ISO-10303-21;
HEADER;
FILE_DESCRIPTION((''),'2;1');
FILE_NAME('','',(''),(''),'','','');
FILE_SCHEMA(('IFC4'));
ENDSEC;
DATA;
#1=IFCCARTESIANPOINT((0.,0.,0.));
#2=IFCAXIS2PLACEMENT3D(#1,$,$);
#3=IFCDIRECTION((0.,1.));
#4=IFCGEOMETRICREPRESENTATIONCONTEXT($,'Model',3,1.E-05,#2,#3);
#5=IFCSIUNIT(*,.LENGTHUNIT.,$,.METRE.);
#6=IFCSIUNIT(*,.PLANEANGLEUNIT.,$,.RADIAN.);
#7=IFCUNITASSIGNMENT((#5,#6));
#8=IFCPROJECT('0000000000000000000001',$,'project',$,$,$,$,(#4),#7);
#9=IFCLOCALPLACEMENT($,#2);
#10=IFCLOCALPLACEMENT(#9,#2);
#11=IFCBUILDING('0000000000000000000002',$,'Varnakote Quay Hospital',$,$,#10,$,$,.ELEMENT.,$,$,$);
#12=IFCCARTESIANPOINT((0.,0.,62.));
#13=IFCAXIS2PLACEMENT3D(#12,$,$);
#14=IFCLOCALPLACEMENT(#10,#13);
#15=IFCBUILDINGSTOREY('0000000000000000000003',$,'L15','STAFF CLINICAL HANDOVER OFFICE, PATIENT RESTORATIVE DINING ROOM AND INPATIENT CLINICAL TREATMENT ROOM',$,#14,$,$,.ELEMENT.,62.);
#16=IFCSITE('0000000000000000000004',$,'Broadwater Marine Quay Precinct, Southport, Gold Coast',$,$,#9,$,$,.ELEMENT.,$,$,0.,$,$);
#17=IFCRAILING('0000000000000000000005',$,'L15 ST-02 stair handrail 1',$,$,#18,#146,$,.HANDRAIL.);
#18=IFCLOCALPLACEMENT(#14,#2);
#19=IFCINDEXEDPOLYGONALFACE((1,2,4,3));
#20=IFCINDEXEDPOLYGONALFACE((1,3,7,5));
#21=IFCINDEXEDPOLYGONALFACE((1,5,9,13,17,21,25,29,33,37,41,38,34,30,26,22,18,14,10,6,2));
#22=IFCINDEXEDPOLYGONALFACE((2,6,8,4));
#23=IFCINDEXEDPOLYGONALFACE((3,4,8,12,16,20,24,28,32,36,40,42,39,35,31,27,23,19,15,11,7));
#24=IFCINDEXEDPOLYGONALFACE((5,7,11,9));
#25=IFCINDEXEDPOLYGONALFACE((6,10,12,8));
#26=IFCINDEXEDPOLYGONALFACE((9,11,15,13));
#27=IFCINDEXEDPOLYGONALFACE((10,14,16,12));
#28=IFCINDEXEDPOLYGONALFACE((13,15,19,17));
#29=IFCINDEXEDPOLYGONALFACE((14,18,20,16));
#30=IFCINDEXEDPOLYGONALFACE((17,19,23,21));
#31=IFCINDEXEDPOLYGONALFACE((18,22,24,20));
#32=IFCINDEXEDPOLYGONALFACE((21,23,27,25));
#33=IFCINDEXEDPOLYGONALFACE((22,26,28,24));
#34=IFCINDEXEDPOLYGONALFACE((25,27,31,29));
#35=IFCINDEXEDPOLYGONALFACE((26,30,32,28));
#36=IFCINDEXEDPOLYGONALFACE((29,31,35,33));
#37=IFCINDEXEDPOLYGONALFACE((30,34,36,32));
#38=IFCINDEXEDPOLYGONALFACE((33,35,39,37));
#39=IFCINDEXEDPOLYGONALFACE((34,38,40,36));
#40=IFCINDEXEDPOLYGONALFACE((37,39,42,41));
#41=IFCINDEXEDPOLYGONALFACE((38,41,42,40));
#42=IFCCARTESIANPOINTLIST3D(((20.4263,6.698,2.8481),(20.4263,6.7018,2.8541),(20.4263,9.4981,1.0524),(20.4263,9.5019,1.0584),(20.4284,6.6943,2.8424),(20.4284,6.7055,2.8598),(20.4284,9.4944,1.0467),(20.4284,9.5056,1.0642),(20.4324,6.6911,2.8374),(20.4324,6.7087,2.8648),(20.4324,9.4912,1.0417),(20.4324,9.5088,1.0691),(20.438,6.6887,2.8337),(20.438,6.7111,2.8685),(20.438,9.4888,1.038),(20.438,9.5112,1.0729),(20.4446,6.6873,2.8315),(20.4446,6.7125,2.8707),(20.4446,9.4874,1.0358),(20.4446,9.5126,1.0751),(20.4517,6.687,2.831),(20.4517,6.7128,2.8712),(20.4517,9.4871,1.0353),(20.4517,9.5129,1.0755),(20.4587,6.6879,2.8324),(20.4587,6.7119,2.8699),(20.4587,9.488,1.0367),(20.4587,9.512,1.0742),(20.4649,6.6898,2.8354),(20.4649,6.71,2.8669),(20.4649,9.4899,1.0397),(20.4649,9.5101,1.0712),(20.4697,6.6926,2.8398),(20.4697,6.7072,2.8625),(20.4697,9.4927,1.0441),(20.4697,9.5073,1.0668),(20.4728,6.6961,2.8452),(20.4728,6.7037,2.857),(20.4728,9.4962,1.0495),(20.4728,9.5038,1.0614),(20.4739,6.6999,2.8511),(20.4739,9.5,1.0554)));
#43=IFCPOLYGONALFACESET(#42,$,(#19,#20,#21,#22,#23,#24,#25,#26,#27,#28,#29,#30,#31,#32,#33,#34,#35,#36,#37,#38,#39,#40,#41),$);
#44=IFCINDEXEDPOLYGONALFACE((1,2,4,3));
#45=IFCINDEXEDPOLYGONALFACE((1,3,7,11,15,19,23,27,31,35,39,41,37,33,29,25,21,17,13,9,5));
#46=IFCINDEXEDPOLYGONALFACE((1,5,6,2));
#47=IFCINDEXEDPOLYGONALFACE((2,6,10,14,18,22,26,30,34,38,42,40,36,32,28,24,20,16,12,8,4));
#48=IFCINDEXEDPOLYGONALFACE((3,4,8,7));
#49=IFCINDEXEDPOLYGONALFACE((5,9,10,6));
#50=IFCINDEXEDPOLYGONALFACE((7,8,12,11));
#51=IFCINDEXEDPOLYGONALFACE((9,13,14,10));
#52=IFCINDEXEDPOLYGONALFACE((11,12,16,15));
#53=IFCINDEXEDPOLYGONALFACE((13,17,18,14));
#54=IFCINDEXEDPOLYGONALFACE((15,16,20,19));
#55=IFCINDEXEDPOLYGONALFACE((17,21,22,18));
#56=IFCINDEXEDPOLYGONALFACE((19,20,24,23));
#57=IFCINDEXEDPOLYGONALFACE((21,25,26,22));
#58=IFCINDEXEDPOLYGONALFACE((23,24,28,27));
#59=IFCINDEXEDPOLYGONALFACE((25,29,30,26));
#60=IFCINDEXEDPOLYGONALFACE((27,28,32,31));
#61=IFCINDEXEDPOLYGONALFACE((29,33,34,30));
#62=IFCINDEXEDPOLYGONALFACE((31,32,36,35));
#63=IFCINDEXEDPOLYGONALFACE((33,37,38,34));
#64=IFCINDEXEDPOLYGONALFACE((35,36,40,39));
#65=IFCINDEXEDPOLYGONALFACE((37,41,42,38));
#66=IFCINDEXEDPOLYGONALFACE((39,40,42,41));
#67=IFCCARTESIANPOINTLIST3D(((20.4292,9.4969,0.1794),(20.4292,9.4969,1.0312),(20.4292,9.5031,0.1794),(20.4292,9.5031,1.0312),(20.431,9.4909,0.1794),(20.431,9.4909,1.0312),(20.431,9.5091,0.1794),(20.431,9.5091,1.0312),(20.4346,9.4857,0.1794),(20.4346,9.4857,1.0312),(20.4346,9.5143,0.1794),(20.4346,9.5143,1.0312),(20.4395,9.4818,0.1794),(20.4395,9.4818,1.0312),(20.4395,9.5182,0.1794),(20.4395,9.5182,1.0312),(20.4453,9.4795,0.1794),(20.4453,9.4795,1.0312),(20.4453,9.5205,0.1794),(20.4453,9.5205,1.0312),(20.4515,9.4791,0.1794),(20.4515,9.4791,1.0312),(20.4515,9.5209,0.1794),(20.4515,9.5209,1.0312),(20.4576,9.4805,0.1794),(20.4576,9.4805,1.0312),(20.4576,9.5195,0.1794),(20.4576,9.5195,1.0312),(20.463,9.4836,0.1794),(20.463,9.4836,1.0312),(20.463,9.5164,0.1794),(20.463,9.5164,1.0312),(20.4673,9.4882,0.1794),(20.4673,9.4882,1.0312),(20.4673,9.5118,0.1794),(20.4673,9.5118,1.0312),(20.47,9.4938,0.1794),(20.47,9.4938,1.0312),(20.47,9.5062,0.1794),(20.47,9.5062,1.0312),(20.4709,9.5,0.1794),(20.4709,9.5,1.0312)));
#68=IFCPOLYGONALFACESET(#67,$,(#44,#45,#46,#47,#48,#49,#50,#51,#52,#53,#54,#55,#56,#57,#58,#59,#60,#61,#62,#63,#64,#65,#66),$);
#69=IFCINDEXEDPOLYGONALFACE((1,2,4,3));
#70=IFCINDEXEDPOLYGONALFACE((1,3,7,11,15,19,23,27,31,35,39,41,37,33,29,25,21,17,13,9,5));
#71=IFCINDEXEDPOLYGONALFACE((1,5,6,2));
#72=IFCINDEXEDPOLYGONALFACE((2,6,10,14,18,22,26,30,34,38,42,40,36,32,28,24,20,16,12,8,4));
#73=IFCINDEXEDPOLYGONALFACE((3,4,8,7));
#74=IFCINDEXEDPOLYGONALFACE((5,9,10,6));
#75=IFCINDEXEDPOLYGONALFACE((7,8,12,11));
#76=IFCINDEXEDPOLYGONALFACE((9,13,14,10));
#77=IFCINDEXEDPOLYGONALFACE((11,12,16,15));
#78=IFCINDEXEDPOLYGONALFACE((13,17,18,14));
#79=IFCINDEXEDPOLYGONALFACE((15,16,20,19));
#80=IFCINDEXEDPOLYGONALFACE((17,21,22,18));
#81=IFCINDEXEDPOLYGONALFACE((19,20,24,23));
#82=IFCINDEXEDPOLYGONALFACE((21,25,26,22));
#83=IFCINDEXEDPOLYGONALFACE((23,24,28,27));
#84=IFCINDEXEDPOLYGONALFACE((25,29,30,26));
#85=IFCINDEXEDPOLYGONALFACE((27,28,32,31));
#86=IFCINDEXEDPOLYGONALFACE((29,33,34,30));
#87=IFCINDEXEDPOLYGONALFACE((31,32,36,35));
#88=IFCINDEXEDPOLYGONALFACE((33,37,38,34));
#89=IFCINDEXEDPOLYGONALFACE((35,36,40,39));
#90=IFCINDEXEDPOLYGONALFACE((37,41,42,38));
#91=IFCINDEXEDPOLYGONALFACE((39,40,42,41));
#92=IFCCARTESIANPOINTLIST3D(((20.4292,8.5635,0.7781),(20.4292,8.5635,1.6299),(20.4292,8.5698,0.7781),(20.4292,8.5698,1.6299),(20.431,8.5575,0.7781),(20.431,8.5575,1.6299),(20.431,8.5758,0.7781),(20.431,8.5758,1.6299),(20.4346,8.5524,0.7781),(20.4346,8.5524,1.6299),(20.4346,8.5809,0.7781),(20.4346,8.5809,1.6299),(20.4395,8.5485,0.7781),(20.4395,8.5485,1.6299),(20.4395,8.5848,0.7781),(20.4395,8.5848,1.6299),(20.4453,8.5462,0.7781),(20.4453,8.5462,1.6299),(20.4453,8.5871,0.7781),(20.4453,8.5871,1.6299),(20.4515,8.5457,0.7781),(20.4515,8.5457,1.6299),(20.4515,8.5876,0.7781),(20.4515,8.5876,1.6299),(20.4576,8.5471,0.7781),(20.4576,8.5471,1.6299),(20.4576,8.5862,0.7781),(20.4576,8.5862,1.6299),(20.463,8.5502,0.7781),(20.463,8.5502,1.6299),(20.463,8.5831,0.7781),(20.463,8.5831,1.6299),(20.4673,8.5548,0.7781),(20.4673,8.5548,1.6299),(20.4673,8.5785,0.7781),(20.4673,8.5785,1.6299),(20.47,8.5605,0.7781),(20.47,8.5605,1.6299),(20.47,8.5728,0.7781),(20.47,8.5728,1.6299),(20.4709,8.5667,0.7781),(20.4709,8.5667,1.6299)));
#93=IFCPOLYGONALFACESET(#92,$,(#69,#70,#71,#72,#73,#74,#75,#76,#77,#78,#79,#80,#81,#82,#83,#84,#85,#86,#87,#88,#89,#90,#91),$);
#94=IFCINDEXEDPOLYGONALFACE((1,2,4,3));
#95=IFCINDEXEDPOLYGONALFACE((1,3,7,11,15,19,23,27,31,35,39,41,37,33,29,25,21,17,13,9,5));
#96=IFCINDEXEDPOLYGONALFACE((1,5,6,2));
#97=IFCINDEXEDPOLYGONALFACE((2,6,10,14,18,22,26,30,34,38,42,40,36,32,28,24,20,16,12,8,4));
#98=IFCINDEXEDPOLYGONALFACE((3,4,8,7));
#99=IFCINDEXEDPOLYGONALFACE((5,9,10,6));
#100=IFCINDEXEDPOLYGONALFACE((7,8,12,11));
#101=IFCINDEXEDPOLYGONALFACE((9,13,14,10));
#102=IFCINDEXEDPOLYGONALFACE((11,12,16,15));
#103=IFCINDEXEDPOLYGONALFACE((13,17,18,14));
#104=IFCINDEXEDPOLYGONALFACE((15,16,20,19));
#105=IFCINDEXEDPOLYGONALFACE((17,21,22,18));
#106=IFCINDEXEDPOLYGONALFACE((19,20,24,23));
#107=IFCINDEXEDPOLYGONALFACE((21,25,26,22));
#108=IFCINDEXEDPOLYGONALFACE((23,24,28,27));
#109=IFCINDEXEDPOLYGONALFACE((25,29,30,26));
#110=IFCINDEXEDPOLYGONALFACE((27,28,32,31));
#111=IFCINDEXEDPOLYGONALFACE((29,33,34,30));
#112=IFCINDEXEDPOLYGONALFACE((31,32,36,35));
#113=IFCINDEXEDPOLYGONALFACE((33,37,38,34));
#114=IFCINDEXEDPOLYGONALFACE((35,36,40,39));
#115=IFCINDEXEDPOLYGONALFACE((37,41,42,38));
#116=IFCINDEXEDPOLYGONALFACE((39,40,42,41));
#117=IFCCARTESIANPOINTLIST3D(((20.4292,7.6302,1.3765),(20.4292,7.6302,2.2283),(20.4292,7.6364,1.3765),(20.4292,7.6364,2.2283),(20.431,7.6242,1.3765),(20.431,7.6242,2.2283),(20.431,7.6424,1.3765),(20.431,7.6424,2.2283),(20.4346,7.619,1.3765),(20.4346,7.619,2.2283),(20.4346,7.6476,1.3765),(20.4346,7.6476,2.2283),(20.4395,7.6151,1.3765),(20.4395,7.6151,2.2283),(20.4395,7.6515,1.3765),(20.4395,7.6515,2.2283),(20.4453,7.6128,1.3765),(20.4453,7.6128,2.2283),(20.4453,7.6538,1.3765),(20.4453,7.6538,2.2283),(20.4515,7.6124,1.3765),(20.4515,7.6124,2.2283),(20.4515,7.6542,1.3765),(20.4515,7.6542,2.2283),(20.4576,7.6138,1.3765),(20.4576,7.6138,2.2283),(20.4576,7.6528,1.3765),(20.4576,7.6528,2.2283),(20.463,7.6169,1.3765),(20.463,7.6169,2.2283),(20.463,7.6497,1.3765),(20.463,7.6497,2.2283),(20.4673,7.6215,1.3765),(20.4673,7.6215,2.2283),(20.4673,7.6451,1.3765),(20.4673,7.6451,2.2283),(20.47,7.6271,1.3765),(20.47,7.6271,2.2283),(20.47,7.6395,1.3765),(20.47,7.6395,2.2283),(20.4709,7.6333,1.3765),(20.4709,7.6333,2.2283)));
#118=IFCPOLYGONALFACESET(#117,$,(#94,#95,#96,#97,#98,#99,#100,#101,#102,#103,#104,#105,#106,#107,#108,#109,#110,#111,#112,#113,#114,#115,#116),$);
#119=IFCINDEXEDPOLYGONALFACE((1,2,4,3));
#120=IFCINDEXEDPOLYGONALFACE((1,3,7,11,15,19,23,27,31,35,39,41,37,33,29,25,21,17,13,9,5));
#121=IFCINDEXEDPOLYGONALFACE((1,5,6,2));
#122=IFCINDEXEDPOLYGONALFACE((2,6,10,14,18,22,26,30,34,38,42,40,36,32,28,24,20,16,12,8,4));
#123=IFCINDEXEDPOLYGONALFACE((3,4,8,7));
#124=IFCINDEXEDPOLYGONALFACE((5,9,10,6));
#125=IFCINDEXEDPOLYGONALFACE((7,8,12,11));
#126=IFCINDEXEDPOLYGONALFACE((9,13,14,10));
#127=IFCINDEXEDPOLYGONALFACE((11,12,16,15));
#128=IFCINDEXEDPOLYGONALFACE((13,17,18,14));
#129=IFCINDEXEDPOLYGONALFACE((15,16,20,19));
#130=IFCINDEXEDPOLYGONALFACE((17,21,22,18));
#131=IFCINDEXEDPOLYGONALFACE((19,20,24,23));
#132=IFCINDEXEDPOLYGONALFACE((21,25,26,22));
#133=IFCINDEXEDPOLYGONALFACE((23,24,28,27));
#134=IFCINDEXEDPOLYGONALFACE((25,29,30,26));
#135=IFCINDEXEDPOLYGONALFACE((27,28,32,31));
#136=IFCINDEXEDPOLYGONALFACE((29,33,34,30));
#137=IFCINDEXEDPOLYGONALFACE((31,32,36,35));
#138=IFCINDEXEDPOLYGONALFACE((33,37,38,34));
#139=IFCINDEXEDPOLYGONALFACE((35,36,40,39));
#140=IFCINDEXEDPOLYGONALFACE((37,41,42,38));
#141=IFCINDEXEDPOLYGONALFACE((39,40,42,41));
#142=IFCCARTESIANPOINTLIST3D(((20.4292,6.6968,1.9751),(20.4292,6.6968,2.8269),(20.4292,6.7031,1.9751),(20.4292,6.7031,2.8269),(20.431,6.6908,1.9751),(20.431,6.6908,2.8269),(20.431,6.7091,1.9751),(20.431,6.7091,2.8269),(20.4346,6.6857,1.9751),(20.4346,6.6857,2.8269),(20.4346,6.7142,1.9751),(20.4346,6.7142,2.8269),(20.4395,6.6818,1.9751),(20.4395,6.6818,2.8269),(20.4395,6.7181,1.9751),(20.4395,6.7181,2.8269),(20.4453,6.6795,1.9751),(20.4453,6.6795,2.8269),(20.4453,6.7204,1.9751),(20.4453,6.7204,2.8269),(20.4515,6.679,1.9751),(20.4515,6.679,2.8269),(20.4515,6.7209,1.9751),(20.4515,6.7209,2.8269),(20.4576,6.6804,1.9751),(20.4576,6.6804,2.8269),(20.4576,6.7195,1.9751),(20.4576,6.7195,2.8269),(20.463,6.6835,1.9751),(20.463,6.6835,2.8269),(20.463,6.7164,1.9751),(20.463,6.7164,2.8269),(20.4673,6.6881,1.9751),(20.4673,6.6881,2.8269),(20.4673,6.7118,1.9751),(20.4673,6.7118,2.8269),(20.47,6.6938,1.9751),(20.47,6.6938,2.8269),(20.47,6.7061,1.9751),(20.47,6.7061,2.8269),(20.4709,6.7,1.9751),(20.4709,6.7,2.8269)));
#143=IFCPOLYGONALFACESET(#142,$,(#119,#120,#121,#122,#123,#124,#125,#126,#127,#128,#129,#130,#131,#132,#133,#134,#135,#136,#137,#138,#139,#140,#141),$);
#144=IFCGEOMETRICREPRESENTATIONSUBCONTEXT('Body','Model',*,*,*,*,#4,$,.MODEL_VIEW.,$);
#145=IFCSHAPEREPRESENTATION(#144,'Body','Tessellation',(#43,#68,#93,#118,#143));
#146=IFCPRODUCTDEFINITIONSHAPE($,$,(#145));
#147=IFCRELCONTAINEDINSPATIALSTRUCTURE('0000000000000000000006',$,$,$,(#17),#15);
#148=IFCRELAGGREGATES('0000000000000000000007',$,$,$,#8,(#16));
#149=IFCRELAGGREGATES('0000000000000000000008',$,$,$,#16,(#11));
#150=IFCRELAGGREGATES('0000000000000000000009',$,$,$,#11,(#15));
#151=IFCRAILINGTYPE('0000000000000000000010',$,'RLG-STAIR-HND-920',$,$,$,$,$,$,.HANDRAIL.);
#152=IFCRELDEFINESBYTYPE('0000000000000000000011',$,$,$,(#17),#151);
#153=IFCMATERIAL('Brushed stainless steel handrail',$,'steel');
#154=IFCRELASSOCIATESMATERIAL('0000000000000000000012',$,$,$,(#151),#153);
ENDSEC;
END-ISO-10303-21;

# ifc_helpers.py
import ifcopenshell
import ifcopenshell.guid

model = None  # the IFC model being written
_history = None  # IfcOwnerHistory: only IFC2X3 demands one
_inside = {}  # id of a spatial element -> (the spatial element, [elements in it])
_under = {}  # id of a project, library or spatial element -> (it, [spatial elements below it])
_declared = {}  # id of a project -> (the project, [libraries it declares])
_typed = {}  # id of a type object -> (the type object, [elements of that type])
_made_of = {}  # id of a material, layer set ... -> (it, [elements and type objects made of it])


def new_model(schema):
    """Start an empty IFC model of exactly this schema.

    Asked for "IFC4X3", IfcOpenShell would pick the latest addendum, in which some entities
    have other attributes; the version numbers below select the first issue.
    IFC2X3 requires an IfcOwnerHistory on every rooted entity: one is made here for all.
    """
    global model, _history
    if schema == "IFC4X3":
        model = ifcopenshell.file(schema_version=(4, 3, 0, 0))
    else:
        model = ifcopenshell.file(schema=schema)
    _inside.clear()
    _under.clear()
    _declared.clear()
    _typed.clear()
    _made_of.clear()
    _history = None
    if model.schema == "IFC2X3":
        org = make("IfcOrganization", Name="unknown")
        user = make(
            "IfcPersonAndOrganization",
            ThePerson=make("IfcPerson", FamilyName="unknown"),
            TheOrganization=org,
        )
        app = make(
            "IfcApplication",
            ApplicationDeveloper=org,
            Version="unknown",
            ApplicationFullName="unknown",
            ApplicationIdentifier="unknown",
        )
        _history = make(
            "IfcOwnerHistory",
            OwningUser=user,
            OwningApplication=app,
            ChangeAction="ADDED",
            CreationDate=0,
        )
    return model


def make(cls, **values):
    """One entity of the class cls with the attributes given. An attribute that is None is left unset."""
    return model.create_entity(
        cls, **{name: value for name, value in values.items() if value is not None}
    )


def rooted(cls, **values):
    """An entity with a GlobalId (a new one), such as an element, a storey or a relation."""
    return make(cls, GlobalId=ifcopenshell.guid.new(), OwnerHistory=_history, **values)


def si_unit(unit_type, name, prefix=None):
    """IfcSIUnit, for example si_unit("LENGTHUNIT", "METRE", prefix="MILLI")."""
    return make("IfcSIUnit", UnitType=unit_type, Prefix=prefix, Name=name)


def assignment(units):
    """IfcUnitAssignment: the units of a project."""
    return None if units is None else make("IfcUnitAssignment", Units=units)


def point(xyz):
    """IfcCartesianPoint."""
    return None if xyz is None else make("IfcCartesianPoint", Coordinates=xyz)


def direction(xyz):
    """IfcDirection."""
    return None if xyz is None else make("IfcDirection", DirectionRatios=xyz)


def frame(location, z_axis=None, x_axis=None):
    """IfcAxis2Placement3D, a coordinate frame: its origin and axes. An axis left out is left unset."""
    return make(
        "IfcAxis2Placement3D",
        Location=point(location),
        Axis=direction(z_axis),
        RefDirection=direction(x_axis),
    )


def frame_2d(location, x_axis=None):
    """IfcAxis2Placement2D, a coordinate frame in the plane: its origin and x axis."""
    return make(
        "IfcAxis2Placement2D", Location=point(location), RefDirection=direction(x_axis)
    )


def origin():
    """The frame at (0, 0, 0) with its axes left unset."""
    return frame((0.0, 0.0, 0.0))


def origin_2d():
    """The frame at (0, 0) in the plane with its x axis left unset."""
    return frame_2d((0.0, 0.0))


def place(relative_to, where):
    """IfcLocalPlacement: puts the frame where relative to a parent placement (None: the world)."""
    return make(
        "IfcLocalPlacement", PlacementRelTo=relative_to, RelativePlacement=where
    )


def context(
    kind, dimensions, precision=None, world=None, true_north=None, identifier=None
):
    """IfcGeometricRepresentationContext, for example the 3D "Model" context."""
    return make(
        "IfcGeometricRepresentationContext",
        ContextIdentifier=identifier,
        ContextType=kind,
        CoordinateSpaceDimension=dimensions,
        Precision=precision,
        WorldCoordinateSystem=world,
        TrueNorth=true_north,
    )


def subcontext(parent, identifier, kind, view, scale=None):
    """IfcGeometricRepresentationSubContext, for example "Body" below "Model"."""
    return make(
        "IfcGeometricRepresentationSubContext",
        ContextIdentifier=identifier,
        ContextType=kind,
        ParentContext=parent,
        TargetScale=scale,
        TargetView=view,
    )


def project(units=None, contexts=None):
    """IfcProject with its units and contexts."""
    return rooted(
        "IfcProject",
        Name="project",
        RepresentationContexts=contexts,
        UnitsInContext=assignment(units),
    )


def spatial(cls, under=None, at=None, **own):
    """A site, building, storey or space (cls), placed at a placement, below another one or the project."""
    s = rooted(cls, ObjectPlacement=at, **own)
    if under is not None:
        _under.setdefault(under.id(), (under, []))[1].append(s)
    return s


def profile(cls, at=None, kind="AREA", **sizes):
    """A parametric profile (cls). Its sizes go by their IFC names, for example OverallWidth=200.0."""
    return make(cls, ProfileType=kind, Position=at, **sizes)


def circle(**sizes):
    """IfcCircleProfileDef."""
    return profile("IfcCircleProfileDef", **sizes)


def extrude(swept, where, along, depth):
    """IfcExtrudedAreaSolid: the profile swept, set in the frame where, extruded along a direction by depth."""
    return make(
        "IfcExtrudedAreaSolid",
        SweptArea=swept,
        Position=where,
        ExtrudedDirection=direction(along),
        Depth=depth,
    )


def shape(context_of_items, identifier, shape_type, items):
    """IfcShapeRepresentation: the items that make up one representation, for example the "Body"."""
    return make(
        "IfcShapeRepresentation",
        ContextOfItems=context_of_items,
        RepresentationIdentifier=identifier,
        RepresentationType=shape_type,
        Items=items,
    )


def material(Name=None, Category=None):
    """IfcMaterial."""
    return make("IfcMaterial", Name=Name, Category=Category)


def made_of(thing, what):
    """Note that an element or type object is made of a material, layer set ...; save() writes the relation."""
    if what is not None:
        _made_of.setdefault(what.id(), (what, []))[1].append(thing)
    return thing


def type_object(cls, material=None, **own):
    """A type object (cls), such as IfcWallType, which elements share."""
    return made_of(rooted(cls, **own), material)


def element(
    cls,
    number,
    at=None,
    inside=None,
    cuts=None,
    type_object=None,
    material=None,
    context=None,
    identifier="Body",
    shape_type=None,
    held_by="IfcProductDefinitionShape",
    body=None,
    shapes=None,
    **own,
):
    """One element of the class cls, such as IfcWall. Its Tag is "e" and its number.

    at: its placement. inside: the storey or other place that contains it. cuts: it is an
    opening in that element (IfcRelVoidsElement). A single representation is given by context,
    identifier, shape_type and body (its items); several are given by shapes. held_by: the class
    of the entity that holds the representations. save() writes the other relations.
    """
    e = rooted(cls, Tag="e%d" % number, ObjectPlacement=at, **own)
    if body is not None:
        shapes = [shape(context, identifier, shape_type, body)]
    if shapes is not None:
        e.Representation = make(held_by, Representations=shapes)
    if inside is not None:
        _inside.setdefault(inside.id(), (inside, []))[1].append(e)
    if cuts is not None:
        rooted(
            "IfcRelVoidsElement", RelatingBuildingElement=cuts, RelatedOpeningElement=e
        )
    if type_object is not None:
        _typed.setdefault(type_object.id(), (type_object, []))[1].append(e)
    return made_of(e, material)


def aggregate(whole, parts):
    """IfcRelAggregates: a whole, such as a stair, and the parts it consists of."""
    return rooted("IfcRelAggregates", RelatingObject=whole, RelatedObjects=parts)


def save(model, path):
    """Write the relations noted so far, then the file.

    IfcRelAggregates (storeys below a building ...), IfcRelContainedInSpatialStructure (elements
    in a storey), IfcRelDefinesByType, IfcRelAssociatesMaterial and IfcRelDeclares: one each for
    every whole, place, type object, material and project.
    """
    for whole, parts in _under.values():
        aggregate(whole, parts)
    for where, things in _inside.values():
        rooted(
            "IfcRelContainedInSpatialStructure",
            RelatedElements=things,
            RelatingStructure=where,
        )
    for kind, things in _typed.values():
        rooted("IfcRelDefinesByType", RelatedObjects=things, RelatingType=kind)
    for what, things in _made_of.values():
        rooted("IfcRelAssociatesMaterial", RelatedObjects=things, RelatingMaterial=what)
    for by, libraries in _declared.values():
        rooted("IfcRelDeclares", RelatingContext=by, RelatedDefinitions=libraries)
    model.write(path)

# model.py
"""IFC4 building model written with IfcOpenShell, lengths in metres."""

from ifc_helpers import new_model, si_unit, direction, frame, origin, origin_2d, place, context, subcontext, project, spatial, circle, extrude, material, type_object, element, save


model = new_model("IFC4")

# Units and contexts
model_context = context("Model", 3, precision=1e-05, world=origin(), true_north=direction((0.0, 1.0)))
body_context = subcontext(model_context, "Body", "Model", "MODEL_VIEW")
ifc_project = project(units=[si_unit("LENGTHUNIT", "METRE"), si_unit("PLANEANGLEUNIT", "RADIAN")], contexts=[model_context])

# Site, building, storey
site_placement = place(None, origin())
site = spatial("IfcSite", under=ifc_project, at=site_placement, Name="Broadwater Marine Quay Precinct, Southport, Gold Coast", CompositionType="ELEMENT", RefElevation=0.0)
building_placement = place(site_placement, origin())
building = spatial("IfcBuilding", under=site, at=building_placement, Name="Varnakote Quay Hospital", CompositionType="ELEMENT")
storey_placement = place(building_placement, frame((0.0, 0.0, 62.0)))
storey = spatial("IfcBuildingStorey", under=building, at=storey_placement, Name="L15", Description="STAFF CLINICAL HANDOVER OFFICE, PATIENT RESTORATIVE DINING ROOM AND INPATIENT CLINICAL TREATMENT ROOM", CompositionType="ELEMENT", Elevation=62.0)

# Railing
ifc_material_1 = material(Name="Brushed stainless steel handrail", Category="steel")
railing_type_1 = type_object("IfcRailingType", Name="RLG-STAIR-HND-920", PredefinedType="HANDRAIL", material=ifc_material_1)
railing_1_placement = place(storey_placement, frame((20.45, 9.5, 0.1794)))
element("IfcRailing", 1, at=railing_1_placement, inside=storey, type_object=railing_type_1, Name="L15 ST-02 stair handrail 1", PredefinedType="HANDRAIL", context=body_context, shape_type="SweptSolid", body=[
    extrude(circle(Radius=0.0239, at=origin_2d()), frame((0.0, 0.0, 0.876), z_axis=(0.0, -0.841777, 0.539826), x_axis=(1.0, 0.0, 0.0)), (0.0, 0.0, 1.0), 3.3264),
    extrude(circle(Radius=0.021, at=origin_2d()), origin(), (0.0, 0.0, 1.0), 0.8518),
    extrude(circle(Radius=0.021, at=origin_2d()), frame((0.0, -0.9333, 0.5986)), (0.0, 0.0, 1.0), 0.8518),
    extrude(circle(Radius=0.021, at=origin_2d()), frame((0.0, -1.8667, 1.197)), (0.0, 0.0, 1.0), 0.8518),
    extrude(circle(Radius=0.021, at=origin_2d()), frame((0.0, -2.8, 1.7957)), (0.0, 0.0, 1.0), 0.8518),
])

save(model, "model.ifc")
